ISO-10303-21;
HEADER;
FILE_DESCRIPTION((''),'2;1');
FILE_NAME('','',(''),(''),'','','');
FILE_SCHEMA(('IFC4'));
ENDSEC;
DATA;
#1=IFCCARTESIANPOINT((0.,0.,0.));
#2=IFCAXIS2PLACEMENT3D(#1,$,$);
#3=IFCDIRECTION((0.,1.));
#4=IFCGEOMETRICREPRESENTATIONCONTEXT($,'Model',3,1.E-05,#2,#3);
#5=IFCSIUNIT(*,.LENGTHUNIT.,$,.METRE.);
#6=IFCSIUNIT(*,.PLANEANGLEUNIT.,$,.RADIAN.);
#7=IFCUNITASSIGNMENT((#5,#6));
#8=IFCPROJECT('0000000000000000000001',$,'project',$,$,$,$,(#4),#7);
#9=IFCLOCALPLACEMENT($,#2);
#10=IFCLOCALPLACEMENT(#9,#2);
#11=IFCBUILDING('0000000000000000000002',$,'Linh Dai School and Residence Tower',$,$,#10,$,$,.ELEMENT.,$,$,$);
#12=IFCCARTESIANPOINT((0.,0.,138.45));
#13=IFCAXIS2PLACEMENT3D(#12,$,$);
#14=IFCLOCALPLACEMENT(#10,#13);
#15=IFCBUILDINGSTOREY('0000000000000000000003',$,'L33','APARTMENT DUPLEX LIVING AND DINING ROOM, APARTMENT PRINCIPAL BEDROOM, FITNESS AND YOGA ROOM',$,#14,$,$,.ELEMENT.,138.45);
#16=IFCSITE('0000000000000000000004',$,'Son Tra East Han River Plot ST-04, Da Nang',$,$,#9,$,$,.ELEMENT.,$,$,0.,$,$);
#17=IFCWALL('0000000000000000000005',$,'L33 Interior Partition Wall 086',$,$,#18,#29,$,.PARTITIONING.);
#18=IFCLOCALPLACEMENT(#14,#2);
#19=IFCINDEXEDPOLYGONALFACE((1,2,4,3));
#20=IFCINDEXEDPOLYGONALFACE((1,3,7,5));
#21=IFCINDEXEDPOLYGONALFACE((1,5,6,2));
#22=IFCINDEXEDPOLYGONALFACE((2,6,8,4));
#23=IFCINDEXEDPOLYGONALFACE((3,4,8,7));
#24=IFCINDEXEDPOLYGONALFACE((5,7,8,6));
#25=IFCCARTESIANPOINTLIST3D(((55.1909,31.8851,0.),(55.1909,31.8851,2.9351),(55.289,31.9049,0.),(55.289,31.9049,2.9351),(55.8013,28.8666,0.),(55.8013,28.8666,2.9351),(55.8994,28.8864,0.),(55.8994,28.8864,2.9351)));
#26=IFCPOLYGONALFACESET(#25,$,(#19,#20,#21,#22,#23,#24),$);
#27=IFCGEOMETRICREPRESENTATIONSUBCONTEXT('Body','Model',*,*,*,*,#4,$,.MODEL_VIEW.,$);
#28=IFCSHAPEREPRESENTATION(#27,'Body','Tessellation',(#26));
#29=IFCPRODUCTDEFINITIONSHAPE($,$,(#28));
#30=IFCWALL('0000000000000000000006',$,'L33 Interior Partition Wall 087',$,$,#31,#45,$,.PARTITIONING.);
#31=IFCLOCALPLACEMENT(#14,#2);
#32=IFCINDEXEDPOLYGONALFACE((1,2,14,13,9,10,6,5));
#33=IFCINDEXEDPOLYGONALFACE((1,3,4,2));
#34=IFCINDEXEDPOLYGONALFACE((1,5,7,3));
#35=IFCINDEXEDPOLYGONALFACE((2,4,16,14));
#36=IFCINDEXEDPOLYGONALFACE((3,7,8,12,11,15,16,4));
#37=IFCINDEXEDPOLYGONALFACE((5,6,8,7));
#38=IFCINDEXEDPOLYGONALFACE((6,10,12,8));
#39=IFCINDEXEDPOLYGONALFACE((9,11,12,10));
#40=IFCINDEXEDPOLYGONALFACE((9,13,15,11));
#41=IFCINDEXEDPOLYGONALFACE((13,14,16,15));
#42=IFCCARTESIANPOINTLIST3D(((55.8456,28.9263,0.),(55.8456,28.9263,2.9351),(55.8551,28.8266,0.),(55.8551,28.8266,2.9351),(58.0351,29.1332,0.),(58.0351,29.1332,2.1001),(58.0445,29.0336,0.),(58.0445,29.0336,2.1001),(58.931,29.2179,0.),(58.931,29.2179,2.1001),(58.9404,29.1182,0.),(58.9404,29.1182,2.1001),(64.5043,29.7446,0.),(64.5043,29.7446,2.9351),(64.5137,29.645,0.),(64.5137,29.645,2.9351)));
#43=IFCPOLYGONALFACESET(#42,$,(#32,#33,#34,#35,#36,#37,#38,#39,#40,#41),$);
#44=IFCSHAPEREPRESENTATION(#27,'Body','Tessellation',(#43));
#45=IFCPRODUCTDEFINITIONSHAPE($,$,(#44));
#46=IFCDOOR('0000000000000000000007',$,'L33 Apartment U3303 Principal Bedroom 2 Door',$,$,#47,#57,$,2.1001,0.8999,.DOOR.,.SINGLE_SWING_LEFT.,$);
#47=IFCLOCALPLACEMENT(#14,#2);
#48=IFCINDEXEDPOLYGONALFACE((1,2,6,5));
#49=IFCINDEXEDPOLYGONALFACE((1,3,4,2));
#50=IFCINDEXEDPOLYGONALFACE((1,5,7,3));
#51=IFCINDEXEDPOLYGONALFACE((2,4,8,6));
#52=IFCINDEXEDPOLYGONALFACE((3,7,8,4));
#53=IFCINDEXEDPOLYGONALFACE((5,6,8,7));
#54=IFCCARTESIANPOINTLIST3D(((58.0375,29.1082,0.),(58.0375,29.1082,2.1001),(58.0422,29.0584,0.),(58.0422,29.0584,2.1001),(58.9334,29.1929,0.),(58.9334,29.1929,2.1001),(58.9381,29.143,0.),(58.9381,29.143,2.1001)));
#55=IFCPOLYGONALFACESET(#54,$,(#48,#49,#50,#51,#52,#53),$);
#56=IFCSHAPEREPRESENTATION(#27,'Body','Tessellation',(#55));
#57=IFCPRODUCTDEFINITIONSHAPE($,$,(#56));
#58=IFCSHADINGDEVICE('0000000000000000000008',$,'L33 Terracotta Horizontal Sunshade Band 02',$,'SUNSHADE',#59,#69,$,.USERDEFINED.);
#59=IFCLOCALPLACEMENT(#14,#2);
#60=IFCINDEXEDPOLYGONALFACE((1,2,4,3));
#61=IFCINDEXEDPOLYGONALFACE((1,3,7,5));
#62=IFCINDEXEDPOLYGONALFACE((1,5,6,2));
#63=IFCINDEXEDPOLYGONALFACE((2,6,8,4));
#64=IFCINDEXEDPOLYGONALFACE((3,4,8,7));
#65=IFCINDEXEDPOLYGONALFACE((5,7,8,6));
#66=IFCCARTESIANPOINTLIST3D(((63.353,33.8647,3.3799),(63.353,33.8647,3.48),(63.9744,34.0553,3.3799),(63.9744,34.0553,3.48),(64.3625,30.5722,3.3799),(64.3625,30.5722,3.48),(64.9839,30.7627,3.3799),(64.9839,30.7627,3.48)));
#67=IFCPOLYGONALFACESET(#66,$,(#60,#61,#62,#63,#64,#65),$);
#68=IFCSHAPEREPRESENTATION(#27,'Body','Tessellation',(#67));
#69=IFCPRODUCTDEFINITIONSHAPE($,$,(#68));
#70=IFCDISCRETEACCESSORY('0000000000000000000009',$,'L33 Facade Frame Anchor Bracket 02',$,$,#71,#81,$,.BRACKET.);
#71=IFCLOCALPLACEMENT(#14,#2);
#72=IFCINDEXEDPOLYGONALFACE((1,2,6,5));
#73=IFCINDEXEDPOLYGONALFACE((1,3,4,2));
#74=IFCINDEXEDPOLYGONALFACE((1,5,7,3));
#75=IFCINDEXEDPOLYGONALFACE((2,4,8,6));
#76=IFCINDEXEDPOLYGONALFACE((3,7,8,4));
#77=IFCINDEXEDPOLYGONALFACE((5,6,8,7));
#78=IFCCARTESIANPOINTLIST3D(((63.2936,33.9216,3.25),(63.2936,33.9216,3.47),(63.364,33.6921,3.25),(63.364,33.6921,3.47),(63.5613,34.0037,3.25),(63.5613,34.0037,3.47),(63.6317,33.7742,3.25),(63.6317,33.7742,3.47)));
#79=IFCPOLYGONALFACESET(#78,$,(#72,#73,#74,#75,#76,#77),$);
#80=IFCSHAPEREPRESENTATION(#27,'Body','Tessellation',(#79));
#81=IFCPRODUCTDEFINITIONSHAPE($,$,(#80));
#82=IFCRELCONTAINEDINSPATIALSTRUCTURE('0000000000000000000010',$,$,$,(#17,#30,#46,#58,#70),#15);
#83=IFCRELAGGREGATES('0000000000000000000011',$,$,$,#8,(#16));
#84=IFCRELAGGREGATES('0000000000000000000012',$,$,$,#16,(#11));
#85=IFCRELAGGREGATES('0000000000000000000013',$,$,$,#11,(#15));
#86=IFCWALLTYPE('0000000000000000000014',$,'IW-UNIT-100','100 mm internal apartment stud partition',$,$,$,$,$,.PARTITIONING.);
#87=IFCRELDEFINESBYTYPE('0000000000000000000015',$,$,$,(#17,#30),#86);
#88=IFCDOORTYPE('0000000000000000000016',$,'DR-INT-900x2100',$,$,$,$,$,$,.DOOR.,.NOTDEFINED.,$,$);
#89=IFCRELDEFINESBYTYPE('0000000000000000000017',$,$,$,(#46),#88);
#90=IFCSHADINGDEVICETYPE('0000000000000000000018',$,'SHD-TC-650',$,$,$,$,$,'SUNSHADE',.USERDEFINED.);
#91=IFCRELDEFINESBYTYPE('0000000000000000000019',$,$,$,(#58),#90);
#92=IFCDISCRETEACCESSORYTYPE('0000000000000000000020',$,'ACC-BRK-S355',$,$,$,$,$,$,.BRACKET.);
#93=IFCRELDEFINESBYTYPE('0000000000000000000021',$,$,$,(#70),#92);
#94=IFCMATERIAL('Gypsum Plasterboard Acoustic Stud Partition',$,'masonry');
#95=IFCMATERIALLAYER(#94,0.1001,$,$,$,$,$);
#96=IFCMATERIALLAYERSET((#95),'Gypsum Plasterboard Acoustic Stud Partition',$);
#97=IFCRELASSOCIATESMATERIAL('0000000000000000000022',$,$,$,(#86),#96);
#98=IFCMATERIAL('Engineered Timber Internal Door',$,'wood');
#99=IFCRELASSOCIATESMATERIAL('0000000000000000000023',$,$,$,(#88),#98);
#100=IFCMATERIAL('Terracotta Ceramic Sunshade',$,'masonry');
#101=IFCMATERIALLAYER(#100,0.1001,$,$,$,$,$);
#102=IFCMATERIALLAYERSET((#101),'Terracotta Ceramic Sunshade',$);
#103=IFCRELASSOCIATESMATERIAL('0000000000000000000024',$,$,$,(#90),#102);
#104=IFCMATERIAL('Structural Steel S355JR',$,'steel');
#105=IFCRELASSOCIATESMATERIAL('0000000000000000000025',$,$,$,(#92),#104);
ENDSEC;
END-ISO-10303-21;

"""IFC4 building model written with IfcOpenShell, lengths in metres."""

from ifc_helpers import new_model, si_unit, direction, frame, frame_2d, origin, origin_2d, place, context, subcontext, project, spatial, rectangle, extrude, source, transform, mapped, material, layer, layer_set, type_object, element, fill, save


model = new_model("IFC4")

# Units and contexts
model_context = context("Model", 3, precision=1e-05, world=origin(), true_north=direction((0.0, 1.0)))
body_context = subcontext(model_context, "Body", "Model", "MODEL_VIEW")
ifc_project = project(units=[si_unit("LENGTHUNIT", "METRE"), si_unit("PLANEANGLEUNIT", "RADIAN")], contexts=[model_context])

# Site, building, storey
site_placement = place(None, origin())
site = spatial("IfcSite", under=ifc_project, at=site_placement, Name="Son Tra East Han River Plot ST-04, Da Nang", CompositionType="ELEMENT", RefElevation=0.0)
building_placement = place(site_placement, origin())
building = spatial("IfcBuilding", under=site, at=building_placement, Name="Linh Dai School and Residence Tower", CompositionType="ELEMENT")
storey_placement = place(building_placement, frame((0.0, 0.0, 138.45)))
storey = spatial("IfcBuildingStorey", under=building, at=storey_placement, Name="L33", Description="APARTMENT DUPLEX LIVING AND DINING ROOM, APARTMENT PRINCIPAL BEDROOM, FITNESS AND YOGA ROOM", CompositionType="ELEMENT", Elevation=138.45)

# Shared definitions
ifc_material_1 = material(Name="Structural Steel S355JR", Category="steel")

# Shared definitions
ifc_material_2 = material(Name="Gypsum Plasterboard Acoustic Stud Partition", Category="masonry")
ifc_layer_1 = layer(ifc_material_2, 0.1001)
ifc_layer_set_1 = layer_set([ifc_layer_1], Name="Gypsum Plasterboard Acoustic Stud Partition")
wall_type_1 = type_object("IfcWallType", Name="IW-UNIT-100", Description="100 mm internal apartment stud partition", PredefinedType="PARTITIONING", material=ifc_layer_set_1)

# Shared definitions
ifc_material_3 = material(Name="Engineered Timber Internal Door", Category="wood")
door_type = type_object("IfcDoorType", Name="DR-INT-900x2100", OperationType="NOTDEFINED", PredefinedType="DOOR", material=ifc_material_3)
shared_shape_1 = source(origin(), body_context, "Body", "SweptSolid", [
    extrude(rectangle(XDim=0.8999, YDim=2.1001, at=origin_2d()), frame((0.45, 0.0249, 1.05), z_axis=(0.0, -1.0, 0.0), x_axis=(1.0, 0.0, 0.0)), (0.0, 0.0, 1.0), 0.05),
])

# Wall
wall_1_placement = place(storey_placement, frame((55.24, 31.895, 0.0), z_axis=(0.0, 0.0, 1.0), x_axis=(0.198189, -0.980164, 0.0)))
element("IfcWall", 1, at=wall_1_placement, inside=storey, type_object=wall_type_1, Name="L33 Interior Partition Wall 086", PredefinedType="PARTITIONING", context=body_context, shape_type="SweptSolid", body=[
    extrude(rectangle(XDim=3.0796, YDim=0.1001, at=frame_2d((1.5398, 0.0))), origin(), (0.0, 0.0, 1.0), 2.9351),
])

# Wall, opening, door
wall_2_placement = place(storey_placement, frame((55.8503, 28.8765, 0.0), z_axis=(0.0, 0.0, 1.0), x_axis=(0.995563, 0.094094, 0.0)))
wall_2 = element("IfcWall", 2, at=wall_2_placement, inside=storey, type_object=wall_type_1, Name="L33 Interior Partition Wall 087", PredefinedType="PARTITIONING", context=body_context, shape_type="SweptSolid", body=[
    extrude(rectangle(XDim=8.6973, YDim=0.1001, at=frame_2d((4.3486, 0.0))), origin(), (0.0, 0.0, 1.0), 2.9351),
])
opening_1_placement = place(wall_2_placement, frame((2.1992, 0.0, 0.0)))
opening_1 = element("IfcOpeningElement", 3, at=opening_1_placement, cuts=wall_2, PredefinedType="OPENING", context=body_context, shape_type="SweptSolid", body=[
    extrude(rectangle(XDim=0.8999, YDim=2.1001, at=origin_2d()), frame((0.45, 0.0601, 1.05), z_axis=(0.0, -1.0, 0.0), x_axis=(1.0, 0.0, 0.0)), (0.0, 0.0, 1.0), 0.1201),
])
door_1_placement = place(opening_1_placement, origin())
door_1 = element("IfcDoor", 4, at=door_1_placement, inside=storey, type_object=door_type, Name="L33 Apartment U3303 Principal Bedroom 2 Door", OperationType="SINGLE_SWING_LEFT", OverallHeight=2.1001, OverallWidth=0.8999, PredefinedType="DOOR", context=body_context, shape_type="MappedRepresentation", body=[
    mapped(shared_shape_1, transform((0.0, 0.0, 0.0), x_axis=(1.0, 0.0, 0.0), y_axis=(0.0, 1.0, 0.0), z_axis=(0.0, 0.0, 1.0), scale=1.0)),
])
fill(opening_1, door_1)

# Shading device
ifc_material_4 = material(Name="Terracotta Ceramic Sunshade", Category="masonry")
ifc_layer_2 = layer(ifc_material_4, 0.1001)
ifc_layer_set_2 = layer_set([ifc_layer_2], Name="Terracotta Ceramic Sunshade")
shading_device_type = type_object("IfcShadingDeviceType", Name="SHD-TC-650", ElementType="SUNSHADE", PredefinedType="USERDEFINED", material=ifc_layer_set_2)
shared_shape_2 = source(origin(), body_context, "Body", "SweptSolid", [
    extrude(rectangle(XDim=3.4438, YDim=0.6499, at=origin_2d()), origin(), (0.0, 0.0, 1.0), 0.1001),
])
shading_device_placement = place(storey_placement, frame((64.1685, 32.3137, 3.3799), z_axis=(0.0, 0.0, 1.0), x_axis=(0.293134, -0.956072, 0.0)))
element("IfcShadingDevice", 5, at=shading_device_placement, inside=storey, type_object=shading_device_type, Name="L33 Terracotta Horizontal Sunshade Band 02", ObjectType="SUNSHADE", PredefinedType="USERDEFINED", context=body_context, shape_type="MappedRepresentation", body=[
    mapped(shared_shape_2, transform((0.0, 0.0, 0.0), x_axis=(1.0, 0.0, 0.0), y_axis=(0.0, 1.0, 0.0), z_axis=(0.0, 0.0, 1.0), scale=1.0)),
])

# Discrete accessory
discrete_accessory_type = type_object("IfcDiscreteAccessoryType", Name="ACC-BRK-S355", PredefinedType="BRACKET", material=ifc_material_1)
shared_shape_3 = source(origin(), body_context, "Body", "SweptSolid", [
    extrude(rectangle(XDim=0.28, YDim=0.24, at=origin_2d()), origin(), (0.0, 0.0, 1.0), 0.22),
])
discrete_accessory_placement = place(storey_placement, frame((63.4626, 33.8479, 3.25), z_axis=(0.0, 0.0, 1.0), x_axis=(0.956072, 0.293134, 0.0)))
element("IfcDiscreteAccessory", 6, at=discrete_accessory_placement, inside=storey, type_object=discrete_accessory_type, Name="L33 Facade Frame Anchor Bracket 02", PredefinedType="BRACKET", context=body_context, shape_type="MappedRepresentation", body=[
    mapped(shared_shape_3, transform((0.0, 0.0, 0.0), x_axis=(1.0, 0.0, 0.0), y_axis=(0.0, 1.0, 0.0), z_axis=(0.0, 0.0, 1.0), scale=1.0)),
])

save(model, "model.ifc")
